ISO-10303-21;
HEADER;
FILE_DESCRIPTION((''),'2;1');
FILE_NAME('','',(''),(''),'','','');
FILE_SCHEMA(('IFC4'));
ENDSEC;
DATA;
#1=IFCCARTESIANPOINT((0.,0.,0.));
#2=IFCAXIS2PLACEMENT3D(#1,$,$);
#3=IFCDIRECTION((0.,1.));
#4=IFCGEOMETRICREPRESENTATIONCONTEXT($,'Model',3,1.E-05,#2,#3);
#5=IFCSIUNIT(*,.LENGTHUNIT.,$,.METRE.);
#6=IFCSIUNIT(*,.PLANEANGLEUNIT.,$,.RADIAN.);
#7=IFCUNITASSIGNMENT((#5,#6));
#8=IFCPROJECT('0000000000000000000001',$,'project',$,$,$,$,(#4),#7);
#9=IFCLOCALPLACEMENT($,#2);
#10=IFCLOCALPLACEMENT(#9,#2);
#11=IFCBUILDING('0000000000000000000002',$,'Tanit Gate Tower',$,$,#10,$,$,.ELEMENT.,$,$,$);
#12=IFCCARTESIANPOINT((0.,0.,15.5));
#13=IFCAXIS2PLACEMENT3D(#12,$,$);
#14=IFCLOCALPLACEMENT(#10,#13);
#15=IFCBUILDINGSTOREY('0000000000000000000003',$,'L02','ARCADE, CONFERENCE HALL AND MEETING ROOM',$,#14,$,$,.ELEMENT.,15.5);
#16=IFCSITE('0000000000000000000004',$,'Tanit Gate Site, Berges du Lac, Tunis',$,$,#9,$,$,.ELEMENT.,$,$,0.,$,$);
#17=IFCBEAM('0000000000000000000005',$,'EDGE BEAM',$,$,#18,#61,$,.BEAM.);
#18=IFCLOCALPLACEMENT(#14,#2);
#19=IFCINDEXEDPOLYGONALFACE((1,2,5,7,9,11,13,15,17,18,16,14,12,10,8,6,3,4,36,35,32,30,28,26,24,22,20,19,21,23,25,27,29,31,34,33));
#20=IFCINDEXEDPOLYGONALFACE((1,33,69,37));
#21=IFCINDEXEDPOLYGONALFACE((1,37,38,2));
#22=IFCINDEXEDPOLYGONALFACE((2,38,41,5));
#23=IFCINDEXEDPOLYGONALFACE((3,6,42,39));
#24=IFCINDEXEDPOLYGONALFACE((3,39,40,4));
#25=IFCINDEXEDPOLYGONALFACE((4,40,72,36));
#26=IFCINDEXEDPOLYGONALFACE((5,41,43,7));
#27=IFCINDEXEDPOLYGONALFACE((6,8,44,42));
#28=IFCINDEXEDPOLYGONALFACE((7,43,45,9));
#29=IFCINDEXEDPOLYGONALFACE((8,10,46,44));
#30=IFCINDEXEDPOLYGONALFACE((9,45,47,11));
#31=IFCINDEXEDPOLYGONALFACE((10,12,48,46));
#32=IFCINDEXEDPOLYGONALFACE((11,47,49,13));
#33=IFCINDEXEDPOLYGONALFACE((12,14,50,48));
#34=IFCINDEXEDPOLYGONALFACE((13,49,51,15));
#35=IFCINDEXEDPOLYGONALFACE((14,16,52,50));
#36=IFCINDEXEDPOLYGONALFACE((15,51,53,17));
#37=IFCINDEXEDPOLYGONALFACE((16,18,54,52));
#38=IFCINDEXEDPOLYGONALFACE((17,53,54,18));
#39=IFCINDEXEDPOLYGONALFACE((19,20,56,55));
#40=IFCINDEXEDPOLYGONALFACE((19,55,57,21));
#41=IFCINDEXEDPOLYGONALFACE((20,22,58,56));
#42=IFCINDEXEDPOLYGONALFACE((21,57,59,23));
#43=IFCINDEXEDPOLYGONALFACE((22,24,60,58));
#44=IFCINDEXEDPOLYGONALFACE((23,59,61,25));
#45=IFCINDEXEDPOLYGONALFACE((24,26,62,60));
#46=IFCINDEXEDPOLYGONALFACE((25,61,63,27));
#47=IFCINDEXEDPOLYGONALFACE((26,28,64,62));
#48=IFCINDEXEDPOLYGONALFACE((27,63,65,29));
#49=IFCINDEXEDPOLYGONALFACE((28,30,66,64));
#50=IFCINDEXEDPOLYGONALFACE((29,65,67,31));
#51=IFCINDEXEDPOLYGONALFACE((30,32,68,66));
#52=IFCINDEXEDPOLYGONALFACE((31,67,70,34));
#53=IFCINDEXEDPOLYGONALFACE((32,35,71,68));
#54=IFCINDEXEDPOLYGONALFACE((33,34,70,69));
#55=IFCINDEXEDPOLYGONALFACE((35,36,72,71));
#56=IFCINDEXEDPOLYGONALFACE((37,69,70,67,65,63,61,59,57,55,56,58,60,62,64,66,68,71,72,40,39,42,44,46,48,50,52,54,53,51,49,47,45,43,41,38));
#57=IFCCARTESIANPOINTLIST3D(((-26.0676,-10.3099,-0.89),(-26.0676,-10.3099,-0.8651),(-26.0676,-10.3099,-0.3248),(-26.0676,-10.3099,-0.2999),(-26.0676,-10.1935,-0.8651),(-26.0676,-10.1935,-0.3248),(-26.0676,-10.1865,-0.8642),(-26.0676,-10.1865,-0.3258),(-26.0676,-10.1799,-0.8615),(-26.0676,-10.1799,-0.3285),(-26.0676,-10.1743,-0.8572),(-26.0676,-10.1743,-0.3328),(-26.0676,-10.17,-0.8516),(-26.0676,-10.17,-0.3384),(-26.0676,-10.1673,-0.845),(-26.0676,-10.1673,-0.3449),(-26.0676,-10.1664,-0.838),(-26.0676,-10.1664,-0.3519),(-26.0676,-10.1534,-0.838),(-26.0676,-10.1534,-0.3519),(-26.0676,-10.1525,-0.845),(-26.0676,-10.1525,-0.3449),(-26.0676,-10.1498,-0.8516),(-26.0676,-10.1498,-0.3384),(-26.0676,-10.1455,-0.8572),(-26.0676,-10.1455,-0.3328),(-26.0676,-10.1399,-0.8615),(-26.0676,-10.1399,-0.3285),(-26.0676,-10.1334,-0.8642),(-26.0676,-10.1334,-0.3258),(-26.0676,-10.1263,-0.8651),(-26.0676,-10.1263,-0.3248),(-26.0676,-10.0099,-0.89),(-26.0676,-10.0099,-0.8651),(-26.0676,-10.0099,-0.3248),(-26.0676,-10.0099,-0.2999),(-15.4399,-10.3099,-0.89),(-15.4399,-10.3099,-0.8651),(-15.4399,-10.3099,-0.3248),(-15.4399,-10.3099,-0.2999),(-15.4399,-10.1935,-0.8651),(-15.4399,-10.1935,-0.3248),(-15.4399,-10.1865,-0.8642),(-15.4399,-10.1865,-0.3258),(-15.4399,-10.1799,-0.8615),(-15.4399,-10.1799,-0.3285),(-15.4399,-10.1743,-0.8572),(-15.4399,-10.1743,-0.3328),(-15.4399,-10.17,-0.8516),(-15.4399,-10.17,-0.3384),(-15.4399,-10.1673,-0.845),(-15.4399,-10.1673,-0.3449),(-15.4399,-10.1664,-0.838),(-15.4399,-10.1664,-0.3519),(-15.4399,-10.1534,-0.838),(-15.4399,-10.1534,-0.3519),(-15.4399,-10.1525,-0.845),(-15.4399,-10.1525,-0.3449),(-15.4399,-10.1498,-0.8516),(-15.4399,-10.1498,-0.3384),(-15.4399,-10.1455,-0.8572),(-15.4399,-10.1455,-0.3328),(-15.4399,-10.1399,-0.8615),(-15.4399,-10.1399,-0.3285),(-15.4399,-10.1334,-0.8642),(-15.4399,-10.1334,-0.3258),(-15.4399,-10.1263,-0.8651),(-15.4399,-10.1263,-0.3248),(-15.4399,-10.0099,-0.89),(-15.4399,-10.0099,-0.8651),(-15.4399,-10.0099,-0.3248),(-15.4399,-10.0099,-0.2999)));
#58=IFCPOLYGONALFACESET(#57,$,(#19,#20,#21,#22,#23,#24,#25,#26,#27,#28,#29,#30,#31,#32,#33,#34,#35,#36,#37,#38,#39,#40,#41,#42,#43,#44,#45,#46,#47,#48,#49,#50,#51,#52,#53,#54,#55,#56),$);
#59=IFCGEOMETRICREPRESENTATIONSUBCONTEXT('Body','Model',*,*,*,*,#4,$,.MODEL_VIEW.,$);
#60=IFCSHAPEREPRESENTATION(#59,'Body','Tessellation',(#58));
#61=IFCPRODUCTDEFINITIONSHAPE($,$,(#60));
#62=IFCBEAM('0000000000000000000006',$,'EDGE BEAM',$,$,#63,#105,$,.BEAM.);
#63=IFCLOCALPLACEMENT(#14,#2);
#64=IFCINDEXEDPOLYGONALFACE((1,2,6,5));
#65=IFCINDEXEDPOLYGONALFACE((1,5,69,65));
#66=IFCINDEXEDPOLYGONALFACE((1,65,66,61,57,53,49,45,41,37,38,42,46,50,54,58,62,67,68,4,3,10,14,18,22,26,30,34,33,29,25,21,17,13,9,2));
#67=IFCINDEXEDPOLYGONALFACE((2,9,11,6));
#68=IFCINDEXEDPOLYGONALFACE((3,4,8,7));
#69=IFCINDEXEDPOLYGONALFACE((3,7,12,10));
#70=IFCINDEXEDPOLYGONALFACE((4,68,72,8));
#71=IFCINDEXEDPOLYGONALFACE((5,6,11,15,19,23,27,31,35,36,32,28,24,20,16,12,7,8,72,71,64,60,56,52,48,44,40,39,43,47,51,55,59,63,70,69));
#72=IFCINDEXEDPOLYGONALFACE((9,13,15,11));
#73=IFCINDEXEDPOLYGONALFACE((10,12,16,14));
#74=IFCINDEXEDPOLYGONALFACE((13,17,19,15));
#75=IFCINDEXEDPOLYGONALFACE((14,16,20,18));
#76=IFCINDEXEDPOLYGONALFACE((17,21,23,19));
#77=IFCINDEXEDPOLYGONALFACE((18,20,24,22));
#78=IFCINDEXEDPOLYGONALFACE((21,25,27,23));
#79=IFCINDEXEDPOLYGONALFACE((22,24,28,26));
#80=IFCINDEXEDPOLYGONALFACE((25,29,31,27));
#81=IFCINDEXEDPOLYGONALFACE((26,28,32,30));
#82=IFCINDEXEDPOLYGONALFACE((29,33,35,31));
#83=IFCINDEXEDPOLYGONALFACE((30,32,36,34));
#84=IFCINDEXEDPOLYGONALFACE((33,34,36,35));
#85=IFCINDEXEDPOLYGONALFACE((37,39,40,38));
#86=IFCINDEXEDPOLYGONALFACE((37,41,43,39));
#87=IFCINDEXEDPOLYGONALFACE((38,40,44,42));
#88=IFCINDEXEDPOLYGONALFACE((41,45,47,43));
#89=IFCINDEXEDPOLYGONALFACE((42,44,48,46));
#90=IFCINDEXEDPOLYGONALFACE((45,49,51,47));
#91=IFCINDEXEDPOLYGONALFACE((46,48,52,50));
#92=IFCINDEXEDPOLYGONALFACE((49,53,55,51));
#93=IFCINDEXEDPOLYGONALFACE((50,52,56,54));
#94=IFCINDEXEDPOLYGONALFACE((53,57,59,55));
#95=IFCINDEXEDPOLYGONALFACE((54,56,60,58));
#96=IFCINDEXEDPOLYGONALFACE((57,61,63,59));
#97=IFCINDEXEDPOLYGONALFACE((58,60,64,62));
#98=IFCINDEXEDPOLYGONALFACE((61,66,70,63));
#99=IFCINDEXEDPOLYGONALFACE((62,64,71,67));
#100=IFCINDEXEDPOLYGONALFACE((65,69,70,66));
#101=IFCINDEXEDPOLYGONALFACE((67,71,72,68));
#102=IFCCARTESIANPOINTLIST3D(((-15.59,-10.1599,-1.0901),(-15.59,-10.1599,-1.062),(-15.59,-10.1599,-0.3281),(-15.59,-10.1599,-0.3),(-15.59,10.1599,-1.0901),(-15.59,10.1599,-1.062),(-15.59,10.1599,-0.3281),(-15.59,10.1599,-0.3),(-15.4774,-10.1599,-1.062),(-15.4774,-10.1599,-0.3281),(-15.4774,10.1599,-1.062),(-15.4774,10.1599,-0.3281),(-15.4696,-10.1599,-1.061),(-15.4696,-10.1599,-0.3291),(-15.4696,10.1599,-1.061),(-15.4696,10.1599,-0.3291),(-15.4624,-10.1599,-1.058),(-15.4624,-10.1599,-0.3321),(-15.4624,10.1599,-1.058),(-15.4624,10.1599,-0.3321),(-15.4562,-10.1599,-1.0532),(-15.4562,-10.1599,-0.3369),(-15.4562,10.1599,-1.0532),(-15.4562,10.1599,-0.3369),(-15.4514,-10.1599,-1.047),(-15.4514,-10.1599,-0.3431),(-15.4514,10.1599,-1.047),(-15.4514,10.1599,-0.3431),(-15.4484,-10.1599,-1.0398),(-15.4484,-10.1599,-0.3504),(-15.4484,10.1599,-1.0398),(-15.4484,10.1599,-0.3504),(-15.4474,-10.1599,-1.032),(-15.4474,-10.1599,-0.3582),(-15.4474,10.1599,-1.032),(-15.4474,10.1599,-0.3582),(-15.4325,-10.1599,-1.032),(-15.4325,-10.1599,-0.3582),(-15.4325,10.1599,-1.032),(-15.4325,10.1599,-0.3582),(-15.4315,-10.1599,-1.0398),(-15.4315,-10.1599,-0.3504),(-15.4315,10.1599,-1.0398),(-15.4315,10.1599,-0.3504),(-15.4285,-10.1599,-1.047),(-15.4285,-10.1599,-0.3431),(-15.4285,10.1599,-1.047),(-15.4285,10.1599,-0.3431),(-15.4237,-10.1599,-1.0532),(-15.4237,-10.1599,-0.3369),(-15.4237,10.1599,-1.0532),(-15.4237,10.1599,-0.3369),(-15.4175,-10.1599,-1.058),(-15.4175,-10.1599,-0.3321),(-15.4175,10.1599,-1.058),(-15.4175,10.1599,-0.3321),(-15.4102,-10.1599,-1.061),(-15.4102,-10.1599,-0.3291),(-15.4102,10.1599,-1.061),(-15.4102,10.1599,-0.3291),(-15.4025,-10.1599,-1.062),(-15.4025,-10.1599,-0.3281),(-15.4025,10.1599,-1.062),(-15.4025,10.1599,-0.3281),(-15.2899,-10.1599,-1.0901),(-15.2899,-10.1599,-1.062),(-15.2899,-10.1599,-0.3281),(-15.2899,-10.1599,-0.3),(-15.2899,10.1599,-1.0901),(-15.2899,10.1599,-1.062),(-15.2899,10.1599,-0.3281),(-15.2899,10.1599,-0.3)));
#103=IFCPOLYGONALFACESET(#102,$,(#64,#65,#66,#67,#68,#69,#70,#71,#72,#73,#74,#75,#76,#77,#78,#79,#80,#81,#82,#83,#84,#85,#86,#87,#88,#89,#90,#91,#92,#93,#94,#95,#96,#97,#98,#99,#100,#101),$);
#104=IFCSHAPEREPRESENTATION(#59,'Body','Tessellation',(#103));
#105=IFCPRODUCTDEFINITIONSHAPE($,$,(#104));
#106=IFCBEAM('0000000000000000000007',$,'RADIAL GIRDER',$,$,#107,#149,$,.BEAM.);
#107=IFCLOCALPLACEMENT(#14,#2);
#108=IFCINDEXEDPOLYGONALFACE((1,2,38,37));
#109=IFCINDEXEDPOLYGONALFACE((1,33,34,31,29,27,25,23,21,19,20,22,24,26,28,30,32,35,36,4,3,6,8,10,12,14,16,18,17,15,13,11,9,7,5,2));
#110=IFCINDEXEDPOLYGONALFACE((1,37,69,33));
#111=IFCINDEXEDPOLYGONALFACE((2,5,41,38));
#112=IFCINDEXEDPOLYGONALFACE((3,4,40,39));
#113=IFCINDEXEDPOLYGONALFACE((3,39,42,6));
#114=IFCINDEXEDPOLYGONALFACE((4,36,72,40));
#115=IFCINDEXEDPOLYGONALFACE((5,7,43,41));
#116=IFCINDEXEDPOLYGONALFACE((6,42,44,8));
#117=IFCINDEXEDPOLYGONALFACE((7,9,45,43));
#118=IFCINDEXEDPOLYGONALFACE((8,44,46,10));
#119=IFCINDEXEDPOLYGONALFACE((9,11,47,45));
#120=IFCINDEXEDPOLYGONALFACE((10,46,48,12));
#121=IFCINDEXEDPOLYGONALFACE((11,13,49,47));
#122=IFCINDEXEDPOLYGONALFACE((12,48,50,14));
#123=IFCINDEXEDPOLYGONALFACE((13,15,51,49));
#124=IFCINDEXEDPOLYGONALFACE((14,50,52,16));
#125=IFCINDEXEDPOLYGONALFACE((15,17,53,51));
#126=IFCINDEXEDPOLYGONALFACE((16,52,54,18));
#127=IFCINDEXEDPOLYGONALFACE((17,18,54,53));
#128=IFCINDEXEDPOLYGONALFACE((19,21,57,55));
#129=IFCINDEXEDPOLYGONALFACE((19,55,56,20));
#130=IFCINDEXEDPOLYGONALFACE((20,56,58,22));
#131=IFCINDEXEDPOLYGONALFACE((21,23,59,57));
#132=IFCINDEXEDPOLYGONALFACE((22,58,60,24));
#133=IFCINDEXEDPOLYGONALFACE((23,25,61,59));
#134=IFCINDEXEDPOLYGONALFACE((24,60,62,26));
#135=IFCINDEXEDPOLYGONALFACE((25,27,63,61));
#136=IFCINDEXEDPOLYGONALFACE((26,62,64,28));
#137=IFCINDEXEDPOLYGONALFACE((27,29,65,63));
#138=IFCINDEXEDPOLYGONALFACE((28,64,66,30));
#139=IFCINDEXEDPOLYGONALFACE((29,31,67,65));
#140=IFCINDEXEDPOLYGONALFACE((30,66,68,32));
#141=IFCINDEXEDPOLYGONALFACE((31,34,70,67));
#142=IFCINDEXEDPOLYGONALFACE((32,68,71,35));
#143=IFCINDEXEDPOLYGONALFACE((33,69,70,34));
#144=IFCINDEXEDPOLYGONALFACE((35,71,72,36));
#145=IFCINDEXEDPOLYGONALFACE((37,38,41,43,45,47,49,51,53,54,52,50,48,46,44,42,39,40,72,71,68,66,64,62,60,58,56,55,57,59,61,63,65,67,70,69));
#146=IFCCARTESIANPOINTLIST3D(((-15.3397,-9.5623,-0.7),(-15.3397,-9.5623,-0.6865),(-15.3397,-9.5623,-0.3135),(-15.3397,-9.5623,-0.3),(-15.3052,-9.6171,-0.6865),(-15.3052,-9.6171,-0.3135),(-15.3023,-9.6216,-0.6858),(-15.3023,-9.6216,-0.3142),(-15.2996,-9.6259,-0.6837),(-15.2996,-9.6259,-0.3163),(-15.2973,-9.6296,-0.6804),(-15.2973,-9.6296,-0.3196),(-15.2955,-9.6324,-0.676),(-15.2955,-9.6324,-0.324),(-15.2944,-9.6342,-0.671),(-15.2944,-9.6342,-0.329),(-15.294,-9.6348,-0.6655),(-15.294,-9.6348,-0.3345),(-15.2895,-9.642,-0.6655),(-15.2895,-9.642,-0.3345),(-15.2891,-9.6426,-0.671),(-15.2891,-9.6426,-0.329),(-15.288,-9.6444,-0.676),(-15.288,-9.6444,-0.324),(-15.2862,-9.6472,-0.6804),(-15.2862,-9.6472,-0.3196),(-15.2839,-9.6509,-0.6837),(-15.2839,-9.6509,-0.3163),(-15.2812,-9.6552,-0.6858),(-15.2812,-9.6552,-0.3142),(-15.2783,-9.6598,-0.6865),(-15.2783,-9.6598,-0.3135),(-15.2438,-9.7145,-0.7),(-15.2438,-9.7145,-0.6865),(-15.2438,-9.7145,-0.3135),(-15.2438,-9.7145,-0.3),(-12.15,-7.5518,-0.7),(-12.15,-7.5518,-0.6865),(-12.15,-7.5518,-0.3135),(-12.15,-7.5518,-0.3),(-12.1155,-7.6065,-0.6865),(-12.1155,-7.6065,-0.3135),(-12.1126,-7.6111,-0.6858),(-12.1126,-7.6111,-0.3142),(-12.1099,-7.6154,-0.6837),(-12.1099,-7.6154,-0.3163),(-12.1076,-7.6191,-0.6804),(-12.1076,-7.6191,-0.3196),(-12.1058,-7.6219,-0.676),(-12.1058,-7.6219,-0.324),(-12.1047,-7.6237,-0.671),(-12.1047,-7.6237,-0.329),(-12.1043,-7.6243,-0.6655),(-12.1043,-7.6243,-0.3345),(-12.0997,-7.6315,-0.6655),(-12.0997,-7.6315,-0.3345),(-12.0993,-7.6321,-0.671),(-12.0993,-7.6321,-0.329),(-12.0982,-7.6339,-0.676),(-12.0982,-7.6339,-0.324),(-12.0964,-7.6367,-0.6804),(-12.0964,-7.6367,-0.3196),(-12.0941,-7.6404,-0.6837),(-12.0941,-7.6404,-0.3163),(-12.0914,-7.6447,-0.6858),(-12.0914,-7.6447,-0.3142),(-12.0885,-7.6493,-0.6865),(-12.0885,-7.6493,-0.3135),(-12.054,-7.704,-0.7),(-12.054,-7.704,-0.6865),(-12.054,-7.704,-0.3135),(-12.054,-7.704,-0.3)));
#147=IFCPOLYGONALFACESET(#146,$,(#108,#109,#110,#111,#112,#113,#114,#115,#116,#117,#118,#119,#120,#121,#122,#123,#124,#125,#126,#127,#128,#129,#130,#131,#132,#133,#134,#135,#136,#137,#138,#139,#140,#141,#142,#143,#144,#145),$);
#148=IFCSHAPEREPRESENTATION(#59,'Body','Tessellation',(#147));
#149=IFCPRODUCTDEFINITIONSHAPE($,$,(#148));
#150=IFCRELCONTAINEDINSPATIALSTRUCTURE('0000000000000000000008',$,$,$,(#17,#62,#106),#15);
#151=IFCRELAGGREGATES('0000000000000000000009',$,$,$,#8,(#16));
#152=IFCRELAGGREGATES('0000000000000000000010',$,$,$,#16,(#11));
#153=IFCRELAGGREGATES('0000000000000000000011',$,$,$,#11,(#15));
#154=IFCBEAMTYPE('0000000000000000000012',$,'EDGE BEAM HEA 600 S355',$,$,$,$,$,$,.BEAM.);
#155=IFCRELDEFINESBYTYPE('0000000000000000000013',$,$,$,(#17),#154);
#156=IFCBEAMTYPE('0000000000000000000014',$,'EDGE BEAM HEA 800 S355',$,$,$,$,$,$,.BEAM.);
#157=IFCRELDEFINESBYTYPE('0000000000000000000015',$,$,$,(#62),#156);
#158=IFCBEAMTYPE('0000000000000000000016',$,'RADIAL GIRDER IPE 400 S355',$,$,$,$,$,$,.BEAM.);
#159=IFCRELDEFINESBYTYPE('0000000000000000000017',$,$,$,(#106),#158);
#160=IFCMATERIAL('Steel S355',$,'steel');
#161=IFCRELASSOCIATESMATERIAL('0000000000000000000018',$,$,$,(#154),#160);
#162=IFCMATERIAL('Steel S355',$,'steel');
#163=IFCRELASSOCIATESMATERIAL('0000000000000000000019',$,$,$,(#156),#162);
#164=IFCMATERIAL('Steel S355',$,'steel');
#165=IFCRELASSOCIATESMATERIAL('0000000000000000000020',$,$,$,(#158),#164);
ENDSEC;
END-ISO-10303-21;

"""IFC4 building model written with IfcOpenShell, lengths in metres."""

from ifc_helpers import new_model, si_unit, direction, frame, origin, origin_2d, place, context, subcontext, project, spatial, i_section, extrude, material, material_profile, profile_set, type_object, element, save


model = new_model("IFC4")

# Units and contexts
model_context = context("Model", 3, precision=1e-05, world=origin(), true_north=direction((0.0, 1.0)))
body_context = subcontext(model_context, "Body", "Model", "MODEL_VIEW")
ifc_project = project(units=[si_unit("LENGTHUNIT", "METRE"), si_unit("PLANEANGLEUNIT", "RADIAN")], contexts=[model_context])

# Site, building, storey
site_placement = place(None, origin())
site = spatial("IfcSite", under=ifc_project, at=site_placement, Name="Tanit Gate Site, Berges du Lac, Tunis", CompositionType="ELEMENT", RefElevation=0.0)
building_placement = place(site_placement, origin())
building = spatial("IfcBuilding", under=site, at=building_placement, Name="Tanit Gate Tower", CompositionType="ELEMENT")
storey_placement = place(building_placement, frame((0.0, 0.0, 15.5)))
storey = spatial("IfcBuildingStorey", under=building, at=storey_placement, Name="L02", Description="ARCADE, CONFERENCE HALL AND MEETING ROOM", CompositionType="ELEMENT", Elevation=15.5)

# Beams
ifc_material_1 = material(Name="Steel S355", Category="steel")
ifc_material_profile_1 = material_profile(ifc_material_1, i_section(OverallWidth=0.3, OverallDepth=0.5901, WebThickness=0.0129, FlangeThickness=0.0249, FilletRadius=0.0271, at=origin_2d()), Name="HEA 600")
ifc_profile_set_1 = profile_set([ifc_material_profile_1], Name="Steel S355")
beam_type_1 = type_object("IfcBeamType", Name="EDGE BEAM HEA 600 S355", PredefinedType="BEAM", material=ifc_profile_set_1)
beam_1_placement = place(storey_placement, frame((-26.0676, -10.1599, -0.595), z_axis=(1.0, 0.0, 0.0), x_axis=(0.0, 1.0, 0.0)))
element("IfcBeam", 1, at=beam_1_placement, inside=storey, type_object=beam_type_1, Name="EDGE BEAM", PredefinedType="BEAM", context=body_context, shape_type="SweptSolid", body=[
    extrude(i_section(OverallWidth=0.3, OverallDepth=0.5901, WebThickness=0.0129, FlangeThickness=0.0249, FilletRadius=0.0271, at=origin_2d()), origin(), (0.0, 0.0, 1.0), 10.6277),
])
ifc_material_2 = material(Name="Steel S355", Category="steel")
ifc_material_profile_2 = material_profile(ifc_material_2, i_section(OverallWidth=0.3, OverallDepth=0.79, WebThickness=0.0149, FlangeThickness=0.0281, FilletRadius=0.03, at=origin_2d()), Name="HEA 800")
ifc_profile_set_2 = profile_set([ifc_material_profile_2], Name="Steel S355")
beam_type_2 = type_object("IfcBeamType", Name="EDGE BEAM HEA 800 S355", PredefinedType="BEAM", material=ifc_profile_set_2)
beam_2_placement = place(storey_placement, frame((-15.4399, -10.1599, -0.6951), z_axis=(0.0, 1.0, 0.0), x_axis=(-1.0, 0.0, 0.0)))
element("IfcBeam", 2, at=beam_2_placement, inside=storey, type_object=beam_type_2, Name="EDGE BEAM", PredefinedType="BEAM", context=body_context, shape_type="SweptSolid", body=[
    extrude(i_section(OverallWidth=0.3, OverallDepth=0.79, WebThickness=0.0149, FlangeThickness=0.0281, FilletRadius=0.03, at=origin_2d()), origin(), (0.0, 0.0, 1.0), 20.3198),
])
ifc_material_3 = material(Name="Steel S355", Category="steel")
ifc_material_profile_3 = material_profile(ifc_material_3, i_section(OverallWidth=0.1799, OverallDepth=0.3999, WebThickness=0.0085, FlangeThickness=0.0134, FilletRadius=0.021, at=origin_2d()), Name="IPE 400")
ifc_profile_set_3 = profile_set([ifc_material_profile_3], Name="Steel S355")
beam_type_3 = type_object("IfcBeamType", Name="RADIAL GIRDER IPE 400 S355", PredefinedType="BEAM", material=ifc_profile_set_3)
beam_3_placement = place(storey_placement, frame((-15.2917, -9.6384, -0.5), z_axis=(0.845973, 0.533225, 0.0), x_axis=(-0.533225, 0.845973, 0.0)))
element("IfcBeam", 3, at=beam_3_placement, inside=storey, type_object=beam_type_3, Name="RADIAL GIRDER", PredefinedType="BEAM", context=body_context, shape_type="SweptSolid", body=[
    extrude(i_section(OverallWidth=0.1799, OverallDepth=0.3999, WebThickness=0.0085, FlangeThickness=0.0134, FilletRadius=0.021, at=origin_2d()), origin(), (0.0, 0.0, 1.0), 3.7705),
])

save(model, "model.ifc")
